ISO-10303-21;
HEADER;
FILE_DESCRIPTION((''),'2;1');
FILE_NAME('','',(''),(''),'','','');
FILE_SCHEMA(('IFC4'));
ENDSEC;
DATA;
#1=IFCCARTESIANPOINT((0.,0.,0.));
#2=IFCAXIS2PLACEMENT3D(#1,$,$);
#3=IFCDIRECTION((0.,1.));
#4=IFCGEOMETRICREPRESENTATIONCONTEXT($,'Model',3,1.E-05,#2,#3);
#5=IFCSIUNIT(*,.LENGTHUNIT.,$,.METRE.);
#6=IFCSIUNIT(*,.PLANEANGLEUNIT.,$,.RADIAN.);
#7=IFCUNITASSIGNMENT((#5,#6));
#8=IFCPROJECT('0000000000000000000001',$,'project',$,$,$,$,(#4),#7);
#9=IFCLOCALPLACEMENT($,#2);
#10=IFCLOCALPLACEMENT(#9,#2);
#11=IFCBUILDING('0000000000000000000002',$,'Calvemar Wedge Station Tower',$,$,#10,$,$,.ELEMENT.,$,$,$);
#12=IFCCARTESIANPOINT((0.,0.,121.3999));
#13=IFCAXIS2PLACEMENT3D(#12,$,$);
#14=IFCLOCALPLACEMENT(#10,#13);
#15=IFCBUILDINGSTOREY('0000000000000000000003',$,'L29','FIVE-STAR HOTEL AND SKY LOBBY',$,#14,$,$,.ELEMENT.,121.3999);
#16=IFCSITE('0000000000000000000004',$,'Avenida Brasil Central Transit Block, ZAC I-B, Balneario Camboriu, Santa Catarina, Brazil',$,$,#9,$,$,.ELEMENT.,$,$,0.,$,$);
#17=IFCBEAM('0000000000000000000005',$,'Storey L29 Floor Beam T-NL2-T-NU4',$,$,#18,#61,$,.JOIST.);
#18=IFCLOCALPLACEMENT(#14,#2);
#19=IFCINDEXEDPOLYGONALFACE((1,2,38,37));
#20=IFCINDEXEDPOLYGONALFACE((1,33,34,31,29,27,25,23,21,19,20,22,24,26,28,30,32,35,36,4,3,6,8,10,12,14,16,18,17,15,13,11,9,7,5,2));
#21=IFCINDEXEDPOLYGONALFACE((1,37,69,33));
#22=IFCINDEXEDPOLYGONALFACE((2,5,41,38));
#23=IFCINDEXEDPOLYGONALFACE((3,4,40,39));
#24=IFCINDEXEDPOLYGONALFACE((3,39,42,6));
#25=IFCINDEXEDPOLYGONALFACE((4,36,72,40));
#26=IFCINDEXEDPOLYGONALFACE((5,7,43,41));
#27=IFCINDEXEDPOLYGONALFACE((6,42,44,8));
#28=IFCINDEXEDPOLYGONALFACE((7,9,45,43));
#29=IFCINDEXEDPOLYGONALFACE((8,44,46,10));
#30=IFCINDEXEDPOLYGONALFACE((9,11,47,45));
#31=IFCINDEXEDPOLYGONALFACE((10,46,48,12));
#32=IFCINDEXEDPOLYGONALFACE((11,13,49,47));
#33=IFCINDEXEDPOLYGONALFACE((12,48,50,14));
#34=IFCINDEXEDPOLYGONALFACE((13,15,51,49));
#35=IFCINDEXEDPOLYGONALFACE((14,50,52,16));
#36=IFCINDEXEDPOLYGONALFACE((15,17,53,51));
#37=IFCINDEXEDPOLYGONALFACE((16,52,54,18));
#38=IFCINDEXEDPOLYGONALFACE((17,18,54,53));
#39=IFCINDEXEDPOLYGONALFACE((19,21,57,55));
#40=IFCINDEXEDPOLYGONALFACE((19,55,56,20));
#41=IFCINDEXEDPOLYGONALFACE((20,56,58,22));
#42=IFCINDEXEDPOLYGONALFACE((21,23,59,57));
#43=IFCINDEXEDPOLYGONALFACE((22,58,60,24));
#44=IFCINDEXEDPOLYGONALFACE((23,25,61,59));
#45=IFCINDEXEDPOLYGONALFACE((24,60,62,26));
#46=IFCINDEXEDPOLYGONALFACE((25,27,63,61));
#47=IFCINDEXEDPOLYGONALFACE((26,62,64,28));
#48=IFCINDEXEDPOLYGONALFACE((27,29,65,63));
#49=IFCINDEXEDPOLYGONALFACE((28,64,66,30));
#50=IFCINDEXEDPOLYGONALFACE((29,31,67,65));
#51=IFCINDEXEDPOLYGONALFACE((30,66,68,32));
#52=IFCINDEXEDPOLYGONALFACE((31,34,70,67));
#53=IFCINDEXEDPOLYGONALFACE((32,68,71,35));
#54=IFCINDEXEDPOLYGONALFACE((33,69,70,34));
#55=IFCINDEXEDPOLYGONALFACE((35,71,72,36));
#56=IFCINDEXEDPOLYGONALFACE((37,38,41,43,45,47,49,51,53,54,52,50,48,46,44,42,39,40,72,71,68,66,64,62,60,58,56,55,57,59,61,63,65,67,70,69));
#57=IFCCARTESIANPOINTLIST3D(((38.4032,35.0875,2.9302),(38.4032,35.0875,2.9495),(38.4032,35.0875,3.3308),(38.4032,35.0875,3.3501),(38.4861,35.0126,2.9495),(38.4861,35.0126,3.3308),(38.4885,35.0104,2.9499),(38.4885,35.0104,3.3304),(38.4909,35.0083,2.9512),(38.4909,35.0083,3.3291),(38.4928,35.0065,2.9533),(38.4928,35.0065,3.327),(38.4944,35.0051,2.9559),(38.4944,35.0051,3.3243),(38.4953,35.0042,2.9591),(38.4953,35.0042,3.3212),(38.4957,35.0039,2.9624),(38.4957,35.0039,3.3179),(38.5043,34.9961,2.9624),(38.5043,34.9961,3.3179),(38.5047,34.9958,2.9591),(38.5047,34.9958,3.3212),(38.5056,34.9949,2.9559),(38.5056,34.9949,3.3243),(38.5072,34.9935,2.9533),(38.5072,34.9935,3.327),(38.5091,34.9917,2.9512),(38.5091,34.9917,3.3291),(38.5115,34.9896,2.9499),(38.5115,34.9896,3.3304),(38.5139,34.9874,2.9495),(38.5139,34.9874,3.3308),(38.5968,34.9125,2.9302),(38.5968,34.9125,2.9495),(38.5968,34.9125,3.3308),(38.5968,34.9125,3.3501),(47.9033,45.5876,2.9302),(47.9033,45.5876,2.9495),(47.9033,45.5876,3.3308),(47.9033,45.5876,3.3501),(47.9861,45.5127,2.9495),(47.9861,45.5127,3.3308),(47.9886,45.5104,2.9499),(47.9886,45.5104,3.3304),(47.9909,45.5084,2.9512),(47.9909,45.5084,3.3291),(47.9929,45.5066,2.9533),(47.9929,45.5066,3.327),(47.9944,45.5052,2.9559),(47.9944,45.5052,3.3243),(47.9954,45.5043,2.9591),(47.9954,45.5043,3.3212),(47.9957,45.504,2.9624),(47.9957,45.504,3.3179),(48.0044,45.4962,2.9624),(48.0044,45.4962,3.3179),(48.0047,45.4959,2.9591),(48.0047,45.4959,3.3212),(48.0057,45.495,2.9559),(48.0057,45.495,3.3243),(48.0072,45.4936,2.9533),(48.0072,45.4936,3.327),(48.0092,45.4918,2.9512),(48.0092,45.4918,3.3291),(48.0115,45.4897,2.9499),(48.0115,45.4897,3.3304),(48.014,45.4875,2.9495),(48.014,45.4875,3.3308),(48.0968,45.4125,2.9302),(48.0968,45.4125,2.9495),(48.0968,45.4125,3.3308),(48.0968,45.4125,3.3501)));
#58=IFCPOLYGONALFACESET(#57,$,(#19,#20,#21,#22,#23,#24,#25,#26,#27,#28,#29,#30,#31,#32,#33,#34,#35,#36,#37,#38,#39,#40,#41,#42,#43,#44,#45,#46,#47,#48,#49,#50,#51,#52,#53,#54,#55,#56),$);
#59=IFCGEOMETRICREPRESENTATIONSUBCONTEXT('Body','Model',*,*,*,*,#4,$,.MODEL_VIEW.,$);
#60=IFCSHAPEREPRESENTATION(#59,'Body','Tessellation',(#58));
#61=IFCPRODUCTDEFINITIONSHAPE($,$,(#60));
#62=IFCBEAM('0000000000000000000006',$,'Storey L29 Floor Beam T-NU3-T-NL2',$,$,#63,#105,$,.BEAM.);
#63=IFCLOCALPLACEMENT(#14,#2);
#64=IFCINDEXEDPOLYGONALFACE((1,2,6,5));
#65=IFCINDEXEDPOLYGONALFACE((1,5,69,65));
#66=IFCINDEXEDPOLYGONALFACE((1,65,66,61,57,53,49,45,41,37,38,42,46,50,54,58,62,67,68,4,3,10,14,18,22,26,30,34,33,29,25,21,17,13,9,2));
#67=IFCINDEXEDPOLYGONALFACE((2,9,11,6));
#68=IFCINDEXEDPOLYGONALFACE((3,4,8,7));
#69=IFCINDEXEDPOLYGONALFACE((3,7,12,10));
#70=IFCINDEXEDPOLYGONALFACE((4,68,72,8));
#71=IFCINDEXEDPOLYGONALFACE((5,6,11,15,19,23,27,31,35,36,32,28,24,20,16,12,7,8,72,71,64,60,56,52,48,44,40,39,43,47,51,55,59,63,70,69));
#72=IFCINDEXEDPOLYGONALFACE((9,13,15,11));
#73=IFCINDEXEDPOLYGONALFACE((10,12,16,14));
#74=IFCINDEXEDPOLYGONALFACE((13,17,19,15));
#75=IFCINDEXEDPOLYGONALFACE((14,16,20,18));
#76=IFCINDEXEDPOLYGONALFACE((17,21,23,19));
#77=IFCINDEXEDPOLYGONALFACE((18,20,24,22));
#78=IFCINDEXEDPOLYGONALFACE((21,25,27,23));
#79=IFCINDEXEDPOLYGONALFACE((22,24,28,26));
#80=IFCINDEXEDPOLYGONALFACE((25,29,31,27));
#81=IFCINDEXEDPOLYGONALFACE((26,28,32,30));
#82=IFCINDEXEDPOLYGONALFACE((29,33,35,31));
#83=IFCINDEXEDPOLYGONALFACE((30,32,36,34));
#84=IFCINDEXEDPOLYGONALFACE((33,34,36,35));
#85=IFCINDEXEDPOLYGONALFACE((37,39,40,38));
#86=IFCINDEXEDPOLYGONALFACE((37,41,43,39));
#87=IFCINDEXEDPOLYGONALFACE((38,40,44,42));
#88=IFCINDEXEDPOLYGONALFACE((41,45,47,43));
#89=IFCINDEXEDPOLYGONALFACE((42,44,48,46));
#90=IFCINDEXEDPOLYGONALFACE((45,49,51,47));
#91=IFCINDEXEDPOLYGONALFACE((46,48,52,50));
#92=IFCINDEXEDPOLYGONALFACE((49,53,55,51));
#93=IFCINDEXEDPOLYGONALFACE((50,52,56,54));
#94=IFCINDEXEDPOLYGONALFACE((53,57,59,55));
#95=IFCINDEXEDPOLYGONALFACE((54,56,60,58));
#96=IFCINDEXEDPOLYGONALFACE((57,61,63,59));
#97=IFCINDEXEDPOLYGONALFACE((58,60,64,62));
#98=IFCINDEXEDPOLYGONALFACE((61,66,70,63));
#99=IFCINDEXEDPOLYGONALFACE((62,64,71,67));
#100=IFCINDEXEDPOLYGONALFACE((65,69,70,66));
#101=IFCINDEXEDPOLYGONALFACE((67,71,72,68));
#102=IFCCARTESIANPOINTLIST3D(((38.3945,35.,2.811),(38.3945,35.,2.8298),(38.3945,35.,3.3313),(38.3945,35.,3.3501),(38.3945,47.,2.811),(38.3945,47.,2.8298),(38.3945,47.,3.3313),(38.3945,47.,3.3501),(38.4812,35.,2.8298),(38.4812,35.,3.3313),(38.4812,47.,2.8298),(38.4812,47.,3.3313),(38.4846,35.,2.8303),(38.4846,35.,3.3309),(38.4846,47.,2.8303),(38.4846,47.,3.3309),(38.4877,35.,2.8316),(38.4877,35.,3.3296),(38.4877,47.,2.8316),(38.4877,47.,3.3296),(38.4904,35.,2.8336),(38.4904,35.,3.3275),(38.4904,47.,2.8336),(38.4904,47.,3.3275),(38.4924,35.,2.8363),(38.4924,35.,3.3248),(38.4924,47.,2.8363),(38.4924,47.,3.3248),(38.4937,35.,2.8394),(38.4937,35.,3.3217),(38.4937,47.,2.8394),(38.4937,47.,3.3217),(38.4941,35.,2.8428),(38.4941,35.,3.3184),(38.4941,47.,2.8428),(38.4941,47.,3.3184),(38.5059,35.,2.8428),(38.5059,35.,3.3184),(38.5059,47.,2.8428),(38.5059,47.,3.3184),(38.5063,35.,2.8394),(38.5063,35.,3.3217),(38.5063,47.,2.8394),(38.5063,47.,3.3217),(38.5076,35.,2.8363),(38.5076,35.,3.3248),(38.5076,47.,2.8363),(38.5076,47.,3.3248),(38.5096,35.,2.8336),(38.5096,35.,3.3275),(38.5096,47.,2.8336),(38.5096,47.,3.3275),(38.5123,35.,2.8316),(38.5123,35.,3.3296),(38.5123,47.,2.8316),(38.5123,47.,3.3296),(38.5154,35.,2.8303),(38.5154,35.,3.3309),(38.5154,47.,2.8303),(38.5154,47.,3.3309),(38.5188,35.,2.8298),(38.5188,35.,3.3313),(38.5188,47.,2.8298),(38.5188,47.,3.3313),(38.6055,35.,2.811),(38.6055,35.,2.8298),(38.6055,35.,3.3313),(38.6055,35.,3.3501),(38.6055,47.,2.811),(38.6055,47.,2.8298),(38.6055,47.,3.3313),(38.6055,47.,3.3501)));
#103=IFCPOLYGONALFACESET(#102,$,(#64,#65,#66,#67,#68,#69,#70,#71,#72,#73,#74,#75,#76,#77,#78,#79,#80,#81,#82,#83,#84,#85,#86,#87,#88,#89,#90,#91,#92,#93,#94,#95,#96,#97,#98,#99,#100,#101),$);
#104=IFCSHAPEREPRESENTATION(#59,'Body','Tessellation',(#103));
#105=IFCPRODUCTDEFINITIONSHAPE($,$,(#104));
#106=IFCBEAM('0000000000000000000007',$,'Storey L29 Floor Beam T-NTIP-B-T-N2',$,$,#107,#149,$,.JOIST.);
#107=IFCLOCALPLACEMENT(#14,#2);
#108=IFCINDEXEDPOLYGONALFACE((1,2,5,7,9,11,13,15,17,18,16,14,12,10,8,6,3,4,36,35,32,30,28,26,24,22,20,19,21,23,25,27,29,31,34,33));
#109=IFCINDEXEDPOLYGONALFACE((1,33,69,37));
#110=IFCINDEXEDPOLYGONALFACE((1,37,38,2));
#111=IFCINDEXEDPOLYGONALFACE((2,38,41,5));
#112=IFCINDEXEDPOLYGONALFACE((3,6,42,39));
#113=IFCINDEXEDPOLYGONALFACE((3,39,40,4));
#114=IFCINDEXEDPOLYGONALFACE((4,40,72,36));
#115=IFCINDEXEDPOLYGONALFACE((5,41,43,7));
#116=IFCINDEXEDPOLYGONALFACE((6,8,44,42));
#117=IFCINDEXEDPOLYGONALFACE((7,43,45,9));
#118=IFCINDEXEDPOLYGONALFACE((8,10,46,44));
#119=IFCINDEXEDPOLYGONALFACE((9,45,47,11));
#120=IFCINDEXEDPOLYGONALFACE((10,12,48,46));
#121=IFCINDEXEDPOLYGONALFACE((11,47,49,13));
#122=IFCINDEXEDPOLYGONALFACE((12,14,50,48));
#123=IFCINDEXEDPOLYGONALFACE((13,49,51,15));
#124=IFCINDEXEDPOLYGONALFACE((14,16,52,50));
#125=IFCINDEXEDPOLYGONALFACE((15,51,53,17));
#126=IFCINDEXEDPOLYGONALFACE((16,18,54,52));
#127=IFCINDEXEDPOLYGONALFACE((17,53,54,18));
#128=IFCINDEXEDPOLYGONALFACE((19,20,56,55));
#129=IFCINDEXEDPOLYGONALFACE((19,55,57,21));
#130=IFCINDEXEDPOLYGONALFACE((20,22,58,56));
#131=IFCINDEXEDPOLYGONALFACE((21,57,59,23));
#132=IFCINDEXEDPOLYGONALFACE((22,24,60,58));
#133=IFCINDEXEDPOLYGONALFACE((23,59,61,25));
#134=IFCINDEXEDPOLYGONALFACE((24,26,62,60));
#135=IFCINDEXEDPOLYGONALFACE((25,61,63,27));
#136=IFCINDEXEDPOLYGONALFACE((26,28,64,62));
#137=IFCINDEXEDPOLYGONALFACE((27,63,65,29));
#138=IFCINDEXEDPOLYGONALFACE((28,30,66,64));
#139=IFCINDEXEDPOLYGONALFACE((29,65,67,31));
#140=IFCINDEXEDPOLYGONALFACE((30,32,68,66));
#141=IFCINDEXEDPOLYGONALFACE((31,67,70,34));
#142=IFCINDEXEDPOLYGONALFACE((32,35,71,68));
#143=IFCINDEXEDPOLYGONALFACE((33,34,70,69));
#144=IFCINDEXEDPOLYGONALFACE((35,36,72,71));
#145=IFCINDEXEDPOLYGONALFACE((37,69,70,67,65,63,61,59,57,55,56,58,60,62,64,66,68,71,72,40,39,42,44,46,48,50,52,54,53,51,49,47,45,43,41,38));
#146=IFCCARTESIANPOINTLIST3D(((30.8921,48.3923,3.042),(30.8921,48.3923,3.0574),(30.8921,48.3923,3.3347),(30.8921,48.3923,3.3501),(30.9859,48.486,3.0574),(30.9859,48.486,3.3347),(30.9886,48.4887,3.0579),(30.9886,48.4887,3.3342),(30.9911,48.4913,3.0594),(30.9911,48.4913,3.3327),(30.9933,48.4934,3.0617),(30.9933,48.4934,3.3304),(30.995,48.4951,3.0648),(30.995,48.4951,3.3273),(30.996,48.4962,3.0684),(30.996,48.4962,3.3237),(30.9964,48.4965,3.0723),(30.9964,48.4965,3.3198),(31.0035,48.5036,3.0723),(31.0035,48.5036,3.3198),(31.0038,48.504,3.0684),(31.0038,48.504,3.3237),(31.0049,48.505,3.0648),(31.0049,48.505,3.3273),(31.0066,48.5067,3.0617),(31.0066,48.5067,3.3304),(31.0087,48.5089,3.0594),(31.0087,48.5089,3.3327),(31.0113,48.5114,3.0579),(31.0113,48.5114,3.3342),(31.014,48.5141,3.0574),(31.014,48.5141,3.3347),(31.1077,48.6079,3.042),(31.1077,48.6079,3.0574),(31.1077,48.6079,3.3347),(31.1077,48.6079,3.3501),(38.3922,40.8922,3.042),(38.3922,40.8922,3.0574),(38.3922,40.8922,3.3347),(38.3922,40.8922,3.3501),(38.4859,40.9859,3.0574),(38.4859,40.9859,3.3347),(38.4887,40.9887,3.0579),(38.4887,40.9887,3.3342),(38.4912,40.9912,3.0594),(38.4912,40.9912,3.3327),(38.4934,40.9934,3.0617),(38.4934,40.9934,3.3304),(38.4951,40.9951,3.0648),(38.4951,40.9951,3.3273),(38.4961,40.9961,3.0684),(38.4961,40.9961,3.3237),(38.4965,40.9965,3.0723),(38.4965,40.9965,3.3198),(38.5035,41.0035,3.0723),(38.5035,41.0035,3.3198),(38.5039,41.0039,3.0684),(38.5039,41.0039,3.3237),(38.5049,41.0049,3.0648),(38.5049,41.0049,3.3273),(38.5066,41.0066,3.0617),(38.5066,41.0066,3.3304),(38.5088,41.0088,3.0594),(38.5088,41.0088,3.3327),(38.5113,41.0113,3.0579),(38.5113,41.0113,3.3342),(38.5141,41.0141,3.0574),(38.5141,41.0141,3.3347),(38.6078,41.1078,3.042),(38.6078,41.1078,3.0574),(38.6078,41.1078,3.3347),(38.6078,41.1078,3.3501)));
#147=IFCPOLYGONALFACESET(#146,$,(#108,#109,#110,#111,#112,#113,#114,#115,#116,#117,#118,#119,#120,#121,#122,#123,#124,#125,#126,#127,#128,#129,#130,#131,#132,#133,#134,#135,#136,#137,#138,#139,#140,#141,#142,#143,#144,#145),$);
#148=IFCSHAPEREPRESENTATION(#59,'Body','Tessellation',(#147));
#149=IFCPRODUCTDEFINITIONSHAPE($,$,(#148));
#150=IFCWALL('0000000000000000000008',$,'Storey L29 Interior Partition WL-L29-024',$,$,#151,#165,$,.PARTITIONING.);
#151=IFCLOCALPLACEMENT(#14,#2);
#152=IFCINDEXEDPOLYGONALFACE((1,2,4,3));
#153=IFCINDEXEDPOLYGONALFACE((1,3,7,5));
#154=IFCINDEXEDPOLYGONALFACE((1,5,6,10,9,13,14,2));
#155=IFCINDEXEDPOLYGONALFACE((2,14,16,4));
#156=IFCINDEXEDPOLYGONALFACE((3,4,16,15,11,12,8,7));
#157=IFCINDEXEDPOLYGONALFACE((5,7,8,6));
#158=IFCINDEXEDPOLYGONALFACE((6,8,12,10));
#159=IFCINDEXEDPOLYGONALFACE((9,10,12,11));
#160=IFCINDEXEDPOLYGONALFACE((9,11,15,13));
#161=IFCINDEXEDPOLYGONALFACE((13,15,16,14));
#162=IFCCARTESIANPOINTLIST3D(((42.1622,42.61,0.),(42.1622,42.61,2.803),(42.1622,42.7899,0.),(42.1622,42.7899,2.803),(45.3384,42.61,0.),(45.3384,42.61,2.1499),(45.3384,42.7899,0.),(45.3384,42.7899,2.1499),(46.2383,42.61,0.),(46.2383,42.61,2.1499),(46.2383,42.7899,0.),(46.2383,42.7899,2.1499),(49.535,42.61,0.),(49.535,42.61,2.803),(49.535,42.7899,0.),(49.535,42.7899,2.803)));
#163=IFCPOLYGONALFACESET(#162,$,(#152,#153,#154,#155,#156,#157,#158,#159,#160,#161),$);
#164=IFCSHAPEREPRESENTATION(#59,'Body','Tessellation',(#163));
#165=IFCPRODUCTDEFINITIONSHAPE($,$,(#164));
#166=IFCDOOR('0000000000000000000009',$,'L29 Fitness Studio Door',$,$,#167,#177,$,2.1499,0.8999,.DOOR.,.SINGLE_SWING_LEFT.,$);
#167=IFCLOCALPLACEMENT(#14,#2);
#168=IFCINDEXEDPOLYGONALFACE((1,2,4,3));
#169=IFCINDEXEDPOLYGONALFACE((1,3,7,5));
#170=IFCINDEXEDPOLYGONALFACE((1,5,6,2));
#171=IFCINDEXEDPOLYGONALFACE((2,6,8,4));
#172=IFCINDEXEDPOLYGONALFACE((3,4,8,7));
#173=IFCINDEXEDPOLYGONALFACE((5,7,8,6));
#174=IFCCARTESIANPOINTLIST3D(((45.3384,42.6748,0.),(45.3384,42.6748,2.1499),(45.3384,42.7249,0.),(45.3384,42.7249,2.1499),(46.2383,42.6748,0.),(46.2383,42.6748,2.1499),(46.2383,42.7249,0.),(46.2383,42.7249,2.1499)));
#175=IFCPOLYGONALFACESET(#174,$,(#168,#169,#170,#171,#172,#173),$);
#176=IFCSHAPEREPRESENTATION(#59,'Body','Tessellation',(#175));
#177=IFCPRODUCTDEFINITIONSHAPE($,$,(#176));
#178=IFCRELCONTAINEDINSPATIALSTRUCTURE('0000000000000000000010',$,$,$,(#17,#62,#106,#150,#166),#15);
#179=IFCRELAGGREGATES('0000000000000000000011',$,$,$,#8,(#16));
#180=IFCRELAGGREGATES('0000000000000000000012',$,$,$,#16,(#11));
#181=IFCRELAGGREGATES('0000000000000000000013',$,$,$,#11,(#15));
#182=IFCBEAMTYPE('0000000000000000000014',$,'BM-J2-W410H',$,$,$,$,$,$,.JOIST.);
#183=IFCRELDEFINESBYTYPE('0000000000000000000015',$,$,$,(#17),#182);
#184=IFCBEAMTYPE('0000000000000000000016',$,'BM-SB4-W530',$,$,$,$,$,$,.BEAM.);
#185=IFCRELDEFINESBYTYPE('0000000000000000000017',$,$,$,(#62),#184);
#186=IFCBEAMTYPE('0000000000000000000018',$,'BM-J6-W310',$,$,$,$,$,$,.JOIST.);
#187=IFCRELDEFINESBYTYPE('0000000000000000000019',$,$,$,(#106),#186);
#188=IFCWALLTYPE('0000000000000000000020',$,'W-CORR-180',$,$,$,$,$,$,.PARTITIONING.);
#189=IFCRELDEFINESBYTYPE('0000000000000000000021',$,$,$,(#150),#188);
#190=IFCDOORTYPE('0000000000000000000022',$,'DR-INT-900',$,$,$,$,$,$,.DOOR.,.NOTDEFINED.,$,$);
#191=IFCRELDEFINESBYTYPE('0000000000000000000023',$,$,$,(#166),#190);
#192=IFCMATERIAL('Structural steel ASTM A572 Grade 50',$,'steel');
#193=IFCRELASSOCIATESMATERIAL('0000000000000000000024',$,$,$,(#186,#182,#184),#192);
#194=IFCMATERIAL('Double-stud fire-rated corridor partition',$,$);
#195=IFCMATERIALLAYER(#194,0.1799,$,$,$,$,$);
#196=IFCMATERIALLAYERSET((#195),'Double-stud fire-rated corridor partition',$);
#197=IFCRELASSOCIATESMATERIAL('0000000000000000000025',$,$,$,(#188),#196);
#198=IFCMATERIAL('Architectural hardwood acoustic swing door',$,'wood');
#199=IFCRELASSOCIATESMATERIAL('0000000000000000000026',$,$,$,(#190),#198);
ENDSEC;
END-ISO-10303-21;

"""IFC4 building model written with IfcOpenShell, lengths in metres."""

from ifc_helpers import new_model, si_unit, direction, frame, frame_2d, origin, origin_2d, place, context, subcontext, project, spatial, rectangle, i_section, extrude, source, transform, mapped, material, layer, layer_set, material_profile, profile_set, type_object, element, fill, save


model = new_model("IFC4")

# Units and contexts
model_context = context("Model", 3, precision=1e-05, world=origin(), true_north=direction((0.0, 1.0)))
body_context = subcontext(model_context, "Body", "Model", "MODEL_VIEW")
ifc_project = project(units=[si_unit("LENGTHUNIT", "METRE"), si_unit("PLANEANGLEUNIT", "RADIAN")], contexts=[model_context])

# Site, building, storey
site_placement = place(None, origin())
site = spatial("IfcSite", under=ifc_project, at=site_placement, Name="Avenida Brasil Central Transit Block, ZAC I-B, Balneario Camboriu, Santa Catarina, Brazil", CompositionType="ELEMENT", RefElevation=0.0)
building_placement = place(site_placement, origin())
building = spatial("IfcBuilding", under=site, at=building_placement, Name="Calvemar Wedge Station Tower", CompositionType="ELEMENT")
storey_placement = place(building_placement, frame((0.0, 0.0, 121.3999)))
storey = spatial("IfcBuildingStorey", under=building, at=storey_placement, Name="L29", Description="FIVE-STAR HOTEL AND SKY LOBBY", CompositionType="ELEMENT", Elevation=121.3999)

# Shared definitions
ifc_material_1 = material(Name="Structural steel ASTM A572 Grade 50", Category="steel")

# Beams
ifc_material_profile_1 = material_profile(ifc_material_1, i_section(OverallWidth=0.3049, OverallDepth=0.3081, WebThickness=0.01, FlangeThickness=0.0154, FilletRadius=0.0149, at=origin_2d()), Name="W310x97")
ifc_profile_set_1 = profile_set([ifc_material_profile_1], Name="Structural steel ASTM A572 Grade 50")
beam_type_1 = type_object("IfcBeamType", Name="BM-J6-W310", PredefinedType="JOIST", material=ifc_profile_set_1)
ifc_material_profile_2 = material_profile(ifc_material_1, i_section(OverallWidth=0.261, OverallDepth=0.4199, WebThickness=0.0117, FlangeThickness=0.0193, FilletRadius=0.0129, at=origin_2d()), Name="W410x114")
ifc_profile_set_2 = profile_set([ifc_material_profile_2], Name="Structural steel ASTM A572 Grade 50")
beam_type_2 = type_object("IfcBeamType", Name="BM-J2-W410H", PredefinedType="JOIST", material=ifc_profile_set_2)
shared_shape_1 = source(origin(), body_context, "Body", "SweptSolid", [
    extrude(i_section(OverallWidth=0.261, OverallDepth=0.4199, WebThickness=0.0117, FlangeThickness=0.0193, FilletRadius=0.0129, at=origin_2d()), origin(), (0.0, 0.0, 1.0), 14.1599),
])
beam_1_placement = place(storey_placement, frame((38.5, 35.0, 3.1401), z_axis=(0.670913, 0.741536, 0.0), x_axis=(-0.741536, 0.670913, 0.0)))
element("IfcBeam", 1, at=beam_1_placement, inside=storey, type_object=beam_type_2, Name="Storey L29 Floor Beam T-NL2-T-NU4", PredefinedType="JOIST", context=body_context, shape_type="MappedRepresentation", body=[
    mapped(shared_shape_1, transform((0.0, 0.0, 0.0), scale=1.0)),
])
ifc_material_profile_3 = material_profile(ifc_material_1, i_section(OverallWidth=0.2109, OverallDepth=0.5391, WebThickness=0.0117, FlangeThickness=0.0188, FilletRadius=0.0129, at=origin_2d()), Name="W530x109")
ifc_profile_set_3 = profile_set([ifc_material_profile_3], Name="Structural steel ASTM A572 Grade 50")
beam_type_3 = type_object("IfcBeamType", Name="BM-SB4-W530", PredefinedType="BEAM", material=ifc_profile_set_3)
shared_shape_2 = source(origin(), body_context, "Body", "SweptSolid", [
    extrude(i_section(OverallWidth=0.2109, OverallDepth=0.5391, WebThickness=0.0117, FlangeThickness=0.0188, FilletRadius=0.0129, at=origin_2d()), origin(), (0.0, 0.0, 1.0), 12.0),
])
beam_2_placement = place(storey_placement, frame((38.5, 47.0, 3.0806), z_axis=(0.0, -1.0, 0.0), x_axis=(1.0, 0.0, 0.0)))
element("IfcBeam", 2, at=beam_2_placement, inside=storey, type_object=beam_type_3, Name="Storey L29 Floor Beam T-NU3-T-NL2", PredefinedType="BEAM", context=body_context, shape_type="MappedRepresentation", body=[
    mapped(shared_shape_2, transform((0.0, 0.0, 0.0), scale=1.0)),
])
shared_shape_3 = source(origin(), body_context, "Body", "SweptSolid", [
    extrude(i_section(OverallWidth=0.3049, OverallDepth=0.3081, WebThickness=0.01, FlangeThickness=0.0154, FilletRadius=0.0149, at=origin_2d()), origin(), (0.0, 0.0, 1.0), 10.6067),
])
beam_3_placement = place(storey_placement, frame((38.5, 41.0, 3.196), z_axis=(-0.707107, 0.707107, 0.0), x_axis=(-0.707107, -0.707107, 0.0)))
element("IfcBeam", 3, at=beam_3_placement, inside=storey, type_object=beam_type_1, Name="Storey L29 Floor Beam T-NTIP-B-T-N2", PredefinedType="JOIST", context=body_context, shape_type="MappedRepresentation", body=[
    mapped(shared_shape_3, transform((0.0, 0.0, 0.0), scale=1.0)),
])

# Wall, opening, door
ifc_material_2 = material(Name="Double-stud fire-rated corridor partition")
ifc_layer_1 = layer(ifc_material_2, 0.1799)
ifc_layer_set_1 = layer_set([ifc_layer_1], Name="Double-stud fire-rated corridor partition")
wall_type_1 = type_object("IfcWallType", Name="W-CORR-180", PredefinedType="PARTITIONING", material=ifc_layer_set_1)
shared_shape_4 = source(origin(), body_context, "Body", "SweptSolid", [
    extrude(rectangle(XDim=0.8999, YDim=2.1499, at=frame_2d((0.45, 1.075))), frame((0.0, 0.1001, 0.0), z_axis=(0.0, -1.0, 0.0), x_axis=(1.0, 0.0, 0.0)), (0.0, 0.0, 1.0), 0.2),
])
wall_1_placement = place(storey_placement, frame((42.1621, 42.7, 0.0), z_axis=(0.0, 0.0, 1.0), x_axis=(1.0, 0.0, 0.0)))
wall_1 = element("IfcWall", 4, at=wall_1_placement, inside=storey, type_object=wall_type_1, Name="Storey L29 Interior Partition WL-L29-024", PredefinedType="PARTITIONING", context=body_context, shape_type="SweptSolid", body=[
    extrude(rectangle(XDim=7.3728, YDim=0.1799, at=frame_2d((3.6865, 0.0))), origin(), (0.0, 0.0, 1.0), 2.803),
])
opening_1_placement = place(wall_1_placement, frame((3.1763, 0.0, 0.0)))
opening_1 = element("IfcOpeningElement", 5, at=opening_1_placement, cuts=wall_1, PredefinedType="OPENING", context=body_context, shape_type="MappedRepresentation", body=[
    mapped(shared_shape_4, transform((0.0, 0.0, 0.0), scale=1.0)),
])
ifc_material_3 = material(Name="Architectural hardwood acoustic swing door", Category="wood")
door_type_1 = type_object("IfcDoorType", Name="DR-INT-900", OperationType="NOTDEFINED", PredefinedType="DOOR", material=ifc_material_3)
shared_shape_5 = source(origin(), body_context, "Body", "SweptSolid", [
    extrude(rectangle(XDim=0.8999, YDim=2.1499, at=frame_2d((0.45, 1.075))), frame((0.0, 0.0249, 0.0), z_axis=(0.0, -1.0, 0.0), x_axis=(1.0, 0.0, 0.0)), (0.0, 0.0, 1.0), 0.05),
])
door_1_placement = place(opening_1_placement, origin())
door_1 = element("IfcDoor", 6, at=door_1_placement, inside=storey, type_object=door_type_1, Name="L29 Fitness Studio Door", OperationType="SINGLE_SWING_LEFT", OverallHeight=2.1499, OverallWidth=0.8999, PredefinedType="DOOR", context=body_context, shape_type="MappedRepresentation", body=[
    mapped(shared_shape_5, transform((0.0, 0.0, 0.0), scale=1.0)),
])
fill(opening_1, door_1)

save(model, "model.ifc")
